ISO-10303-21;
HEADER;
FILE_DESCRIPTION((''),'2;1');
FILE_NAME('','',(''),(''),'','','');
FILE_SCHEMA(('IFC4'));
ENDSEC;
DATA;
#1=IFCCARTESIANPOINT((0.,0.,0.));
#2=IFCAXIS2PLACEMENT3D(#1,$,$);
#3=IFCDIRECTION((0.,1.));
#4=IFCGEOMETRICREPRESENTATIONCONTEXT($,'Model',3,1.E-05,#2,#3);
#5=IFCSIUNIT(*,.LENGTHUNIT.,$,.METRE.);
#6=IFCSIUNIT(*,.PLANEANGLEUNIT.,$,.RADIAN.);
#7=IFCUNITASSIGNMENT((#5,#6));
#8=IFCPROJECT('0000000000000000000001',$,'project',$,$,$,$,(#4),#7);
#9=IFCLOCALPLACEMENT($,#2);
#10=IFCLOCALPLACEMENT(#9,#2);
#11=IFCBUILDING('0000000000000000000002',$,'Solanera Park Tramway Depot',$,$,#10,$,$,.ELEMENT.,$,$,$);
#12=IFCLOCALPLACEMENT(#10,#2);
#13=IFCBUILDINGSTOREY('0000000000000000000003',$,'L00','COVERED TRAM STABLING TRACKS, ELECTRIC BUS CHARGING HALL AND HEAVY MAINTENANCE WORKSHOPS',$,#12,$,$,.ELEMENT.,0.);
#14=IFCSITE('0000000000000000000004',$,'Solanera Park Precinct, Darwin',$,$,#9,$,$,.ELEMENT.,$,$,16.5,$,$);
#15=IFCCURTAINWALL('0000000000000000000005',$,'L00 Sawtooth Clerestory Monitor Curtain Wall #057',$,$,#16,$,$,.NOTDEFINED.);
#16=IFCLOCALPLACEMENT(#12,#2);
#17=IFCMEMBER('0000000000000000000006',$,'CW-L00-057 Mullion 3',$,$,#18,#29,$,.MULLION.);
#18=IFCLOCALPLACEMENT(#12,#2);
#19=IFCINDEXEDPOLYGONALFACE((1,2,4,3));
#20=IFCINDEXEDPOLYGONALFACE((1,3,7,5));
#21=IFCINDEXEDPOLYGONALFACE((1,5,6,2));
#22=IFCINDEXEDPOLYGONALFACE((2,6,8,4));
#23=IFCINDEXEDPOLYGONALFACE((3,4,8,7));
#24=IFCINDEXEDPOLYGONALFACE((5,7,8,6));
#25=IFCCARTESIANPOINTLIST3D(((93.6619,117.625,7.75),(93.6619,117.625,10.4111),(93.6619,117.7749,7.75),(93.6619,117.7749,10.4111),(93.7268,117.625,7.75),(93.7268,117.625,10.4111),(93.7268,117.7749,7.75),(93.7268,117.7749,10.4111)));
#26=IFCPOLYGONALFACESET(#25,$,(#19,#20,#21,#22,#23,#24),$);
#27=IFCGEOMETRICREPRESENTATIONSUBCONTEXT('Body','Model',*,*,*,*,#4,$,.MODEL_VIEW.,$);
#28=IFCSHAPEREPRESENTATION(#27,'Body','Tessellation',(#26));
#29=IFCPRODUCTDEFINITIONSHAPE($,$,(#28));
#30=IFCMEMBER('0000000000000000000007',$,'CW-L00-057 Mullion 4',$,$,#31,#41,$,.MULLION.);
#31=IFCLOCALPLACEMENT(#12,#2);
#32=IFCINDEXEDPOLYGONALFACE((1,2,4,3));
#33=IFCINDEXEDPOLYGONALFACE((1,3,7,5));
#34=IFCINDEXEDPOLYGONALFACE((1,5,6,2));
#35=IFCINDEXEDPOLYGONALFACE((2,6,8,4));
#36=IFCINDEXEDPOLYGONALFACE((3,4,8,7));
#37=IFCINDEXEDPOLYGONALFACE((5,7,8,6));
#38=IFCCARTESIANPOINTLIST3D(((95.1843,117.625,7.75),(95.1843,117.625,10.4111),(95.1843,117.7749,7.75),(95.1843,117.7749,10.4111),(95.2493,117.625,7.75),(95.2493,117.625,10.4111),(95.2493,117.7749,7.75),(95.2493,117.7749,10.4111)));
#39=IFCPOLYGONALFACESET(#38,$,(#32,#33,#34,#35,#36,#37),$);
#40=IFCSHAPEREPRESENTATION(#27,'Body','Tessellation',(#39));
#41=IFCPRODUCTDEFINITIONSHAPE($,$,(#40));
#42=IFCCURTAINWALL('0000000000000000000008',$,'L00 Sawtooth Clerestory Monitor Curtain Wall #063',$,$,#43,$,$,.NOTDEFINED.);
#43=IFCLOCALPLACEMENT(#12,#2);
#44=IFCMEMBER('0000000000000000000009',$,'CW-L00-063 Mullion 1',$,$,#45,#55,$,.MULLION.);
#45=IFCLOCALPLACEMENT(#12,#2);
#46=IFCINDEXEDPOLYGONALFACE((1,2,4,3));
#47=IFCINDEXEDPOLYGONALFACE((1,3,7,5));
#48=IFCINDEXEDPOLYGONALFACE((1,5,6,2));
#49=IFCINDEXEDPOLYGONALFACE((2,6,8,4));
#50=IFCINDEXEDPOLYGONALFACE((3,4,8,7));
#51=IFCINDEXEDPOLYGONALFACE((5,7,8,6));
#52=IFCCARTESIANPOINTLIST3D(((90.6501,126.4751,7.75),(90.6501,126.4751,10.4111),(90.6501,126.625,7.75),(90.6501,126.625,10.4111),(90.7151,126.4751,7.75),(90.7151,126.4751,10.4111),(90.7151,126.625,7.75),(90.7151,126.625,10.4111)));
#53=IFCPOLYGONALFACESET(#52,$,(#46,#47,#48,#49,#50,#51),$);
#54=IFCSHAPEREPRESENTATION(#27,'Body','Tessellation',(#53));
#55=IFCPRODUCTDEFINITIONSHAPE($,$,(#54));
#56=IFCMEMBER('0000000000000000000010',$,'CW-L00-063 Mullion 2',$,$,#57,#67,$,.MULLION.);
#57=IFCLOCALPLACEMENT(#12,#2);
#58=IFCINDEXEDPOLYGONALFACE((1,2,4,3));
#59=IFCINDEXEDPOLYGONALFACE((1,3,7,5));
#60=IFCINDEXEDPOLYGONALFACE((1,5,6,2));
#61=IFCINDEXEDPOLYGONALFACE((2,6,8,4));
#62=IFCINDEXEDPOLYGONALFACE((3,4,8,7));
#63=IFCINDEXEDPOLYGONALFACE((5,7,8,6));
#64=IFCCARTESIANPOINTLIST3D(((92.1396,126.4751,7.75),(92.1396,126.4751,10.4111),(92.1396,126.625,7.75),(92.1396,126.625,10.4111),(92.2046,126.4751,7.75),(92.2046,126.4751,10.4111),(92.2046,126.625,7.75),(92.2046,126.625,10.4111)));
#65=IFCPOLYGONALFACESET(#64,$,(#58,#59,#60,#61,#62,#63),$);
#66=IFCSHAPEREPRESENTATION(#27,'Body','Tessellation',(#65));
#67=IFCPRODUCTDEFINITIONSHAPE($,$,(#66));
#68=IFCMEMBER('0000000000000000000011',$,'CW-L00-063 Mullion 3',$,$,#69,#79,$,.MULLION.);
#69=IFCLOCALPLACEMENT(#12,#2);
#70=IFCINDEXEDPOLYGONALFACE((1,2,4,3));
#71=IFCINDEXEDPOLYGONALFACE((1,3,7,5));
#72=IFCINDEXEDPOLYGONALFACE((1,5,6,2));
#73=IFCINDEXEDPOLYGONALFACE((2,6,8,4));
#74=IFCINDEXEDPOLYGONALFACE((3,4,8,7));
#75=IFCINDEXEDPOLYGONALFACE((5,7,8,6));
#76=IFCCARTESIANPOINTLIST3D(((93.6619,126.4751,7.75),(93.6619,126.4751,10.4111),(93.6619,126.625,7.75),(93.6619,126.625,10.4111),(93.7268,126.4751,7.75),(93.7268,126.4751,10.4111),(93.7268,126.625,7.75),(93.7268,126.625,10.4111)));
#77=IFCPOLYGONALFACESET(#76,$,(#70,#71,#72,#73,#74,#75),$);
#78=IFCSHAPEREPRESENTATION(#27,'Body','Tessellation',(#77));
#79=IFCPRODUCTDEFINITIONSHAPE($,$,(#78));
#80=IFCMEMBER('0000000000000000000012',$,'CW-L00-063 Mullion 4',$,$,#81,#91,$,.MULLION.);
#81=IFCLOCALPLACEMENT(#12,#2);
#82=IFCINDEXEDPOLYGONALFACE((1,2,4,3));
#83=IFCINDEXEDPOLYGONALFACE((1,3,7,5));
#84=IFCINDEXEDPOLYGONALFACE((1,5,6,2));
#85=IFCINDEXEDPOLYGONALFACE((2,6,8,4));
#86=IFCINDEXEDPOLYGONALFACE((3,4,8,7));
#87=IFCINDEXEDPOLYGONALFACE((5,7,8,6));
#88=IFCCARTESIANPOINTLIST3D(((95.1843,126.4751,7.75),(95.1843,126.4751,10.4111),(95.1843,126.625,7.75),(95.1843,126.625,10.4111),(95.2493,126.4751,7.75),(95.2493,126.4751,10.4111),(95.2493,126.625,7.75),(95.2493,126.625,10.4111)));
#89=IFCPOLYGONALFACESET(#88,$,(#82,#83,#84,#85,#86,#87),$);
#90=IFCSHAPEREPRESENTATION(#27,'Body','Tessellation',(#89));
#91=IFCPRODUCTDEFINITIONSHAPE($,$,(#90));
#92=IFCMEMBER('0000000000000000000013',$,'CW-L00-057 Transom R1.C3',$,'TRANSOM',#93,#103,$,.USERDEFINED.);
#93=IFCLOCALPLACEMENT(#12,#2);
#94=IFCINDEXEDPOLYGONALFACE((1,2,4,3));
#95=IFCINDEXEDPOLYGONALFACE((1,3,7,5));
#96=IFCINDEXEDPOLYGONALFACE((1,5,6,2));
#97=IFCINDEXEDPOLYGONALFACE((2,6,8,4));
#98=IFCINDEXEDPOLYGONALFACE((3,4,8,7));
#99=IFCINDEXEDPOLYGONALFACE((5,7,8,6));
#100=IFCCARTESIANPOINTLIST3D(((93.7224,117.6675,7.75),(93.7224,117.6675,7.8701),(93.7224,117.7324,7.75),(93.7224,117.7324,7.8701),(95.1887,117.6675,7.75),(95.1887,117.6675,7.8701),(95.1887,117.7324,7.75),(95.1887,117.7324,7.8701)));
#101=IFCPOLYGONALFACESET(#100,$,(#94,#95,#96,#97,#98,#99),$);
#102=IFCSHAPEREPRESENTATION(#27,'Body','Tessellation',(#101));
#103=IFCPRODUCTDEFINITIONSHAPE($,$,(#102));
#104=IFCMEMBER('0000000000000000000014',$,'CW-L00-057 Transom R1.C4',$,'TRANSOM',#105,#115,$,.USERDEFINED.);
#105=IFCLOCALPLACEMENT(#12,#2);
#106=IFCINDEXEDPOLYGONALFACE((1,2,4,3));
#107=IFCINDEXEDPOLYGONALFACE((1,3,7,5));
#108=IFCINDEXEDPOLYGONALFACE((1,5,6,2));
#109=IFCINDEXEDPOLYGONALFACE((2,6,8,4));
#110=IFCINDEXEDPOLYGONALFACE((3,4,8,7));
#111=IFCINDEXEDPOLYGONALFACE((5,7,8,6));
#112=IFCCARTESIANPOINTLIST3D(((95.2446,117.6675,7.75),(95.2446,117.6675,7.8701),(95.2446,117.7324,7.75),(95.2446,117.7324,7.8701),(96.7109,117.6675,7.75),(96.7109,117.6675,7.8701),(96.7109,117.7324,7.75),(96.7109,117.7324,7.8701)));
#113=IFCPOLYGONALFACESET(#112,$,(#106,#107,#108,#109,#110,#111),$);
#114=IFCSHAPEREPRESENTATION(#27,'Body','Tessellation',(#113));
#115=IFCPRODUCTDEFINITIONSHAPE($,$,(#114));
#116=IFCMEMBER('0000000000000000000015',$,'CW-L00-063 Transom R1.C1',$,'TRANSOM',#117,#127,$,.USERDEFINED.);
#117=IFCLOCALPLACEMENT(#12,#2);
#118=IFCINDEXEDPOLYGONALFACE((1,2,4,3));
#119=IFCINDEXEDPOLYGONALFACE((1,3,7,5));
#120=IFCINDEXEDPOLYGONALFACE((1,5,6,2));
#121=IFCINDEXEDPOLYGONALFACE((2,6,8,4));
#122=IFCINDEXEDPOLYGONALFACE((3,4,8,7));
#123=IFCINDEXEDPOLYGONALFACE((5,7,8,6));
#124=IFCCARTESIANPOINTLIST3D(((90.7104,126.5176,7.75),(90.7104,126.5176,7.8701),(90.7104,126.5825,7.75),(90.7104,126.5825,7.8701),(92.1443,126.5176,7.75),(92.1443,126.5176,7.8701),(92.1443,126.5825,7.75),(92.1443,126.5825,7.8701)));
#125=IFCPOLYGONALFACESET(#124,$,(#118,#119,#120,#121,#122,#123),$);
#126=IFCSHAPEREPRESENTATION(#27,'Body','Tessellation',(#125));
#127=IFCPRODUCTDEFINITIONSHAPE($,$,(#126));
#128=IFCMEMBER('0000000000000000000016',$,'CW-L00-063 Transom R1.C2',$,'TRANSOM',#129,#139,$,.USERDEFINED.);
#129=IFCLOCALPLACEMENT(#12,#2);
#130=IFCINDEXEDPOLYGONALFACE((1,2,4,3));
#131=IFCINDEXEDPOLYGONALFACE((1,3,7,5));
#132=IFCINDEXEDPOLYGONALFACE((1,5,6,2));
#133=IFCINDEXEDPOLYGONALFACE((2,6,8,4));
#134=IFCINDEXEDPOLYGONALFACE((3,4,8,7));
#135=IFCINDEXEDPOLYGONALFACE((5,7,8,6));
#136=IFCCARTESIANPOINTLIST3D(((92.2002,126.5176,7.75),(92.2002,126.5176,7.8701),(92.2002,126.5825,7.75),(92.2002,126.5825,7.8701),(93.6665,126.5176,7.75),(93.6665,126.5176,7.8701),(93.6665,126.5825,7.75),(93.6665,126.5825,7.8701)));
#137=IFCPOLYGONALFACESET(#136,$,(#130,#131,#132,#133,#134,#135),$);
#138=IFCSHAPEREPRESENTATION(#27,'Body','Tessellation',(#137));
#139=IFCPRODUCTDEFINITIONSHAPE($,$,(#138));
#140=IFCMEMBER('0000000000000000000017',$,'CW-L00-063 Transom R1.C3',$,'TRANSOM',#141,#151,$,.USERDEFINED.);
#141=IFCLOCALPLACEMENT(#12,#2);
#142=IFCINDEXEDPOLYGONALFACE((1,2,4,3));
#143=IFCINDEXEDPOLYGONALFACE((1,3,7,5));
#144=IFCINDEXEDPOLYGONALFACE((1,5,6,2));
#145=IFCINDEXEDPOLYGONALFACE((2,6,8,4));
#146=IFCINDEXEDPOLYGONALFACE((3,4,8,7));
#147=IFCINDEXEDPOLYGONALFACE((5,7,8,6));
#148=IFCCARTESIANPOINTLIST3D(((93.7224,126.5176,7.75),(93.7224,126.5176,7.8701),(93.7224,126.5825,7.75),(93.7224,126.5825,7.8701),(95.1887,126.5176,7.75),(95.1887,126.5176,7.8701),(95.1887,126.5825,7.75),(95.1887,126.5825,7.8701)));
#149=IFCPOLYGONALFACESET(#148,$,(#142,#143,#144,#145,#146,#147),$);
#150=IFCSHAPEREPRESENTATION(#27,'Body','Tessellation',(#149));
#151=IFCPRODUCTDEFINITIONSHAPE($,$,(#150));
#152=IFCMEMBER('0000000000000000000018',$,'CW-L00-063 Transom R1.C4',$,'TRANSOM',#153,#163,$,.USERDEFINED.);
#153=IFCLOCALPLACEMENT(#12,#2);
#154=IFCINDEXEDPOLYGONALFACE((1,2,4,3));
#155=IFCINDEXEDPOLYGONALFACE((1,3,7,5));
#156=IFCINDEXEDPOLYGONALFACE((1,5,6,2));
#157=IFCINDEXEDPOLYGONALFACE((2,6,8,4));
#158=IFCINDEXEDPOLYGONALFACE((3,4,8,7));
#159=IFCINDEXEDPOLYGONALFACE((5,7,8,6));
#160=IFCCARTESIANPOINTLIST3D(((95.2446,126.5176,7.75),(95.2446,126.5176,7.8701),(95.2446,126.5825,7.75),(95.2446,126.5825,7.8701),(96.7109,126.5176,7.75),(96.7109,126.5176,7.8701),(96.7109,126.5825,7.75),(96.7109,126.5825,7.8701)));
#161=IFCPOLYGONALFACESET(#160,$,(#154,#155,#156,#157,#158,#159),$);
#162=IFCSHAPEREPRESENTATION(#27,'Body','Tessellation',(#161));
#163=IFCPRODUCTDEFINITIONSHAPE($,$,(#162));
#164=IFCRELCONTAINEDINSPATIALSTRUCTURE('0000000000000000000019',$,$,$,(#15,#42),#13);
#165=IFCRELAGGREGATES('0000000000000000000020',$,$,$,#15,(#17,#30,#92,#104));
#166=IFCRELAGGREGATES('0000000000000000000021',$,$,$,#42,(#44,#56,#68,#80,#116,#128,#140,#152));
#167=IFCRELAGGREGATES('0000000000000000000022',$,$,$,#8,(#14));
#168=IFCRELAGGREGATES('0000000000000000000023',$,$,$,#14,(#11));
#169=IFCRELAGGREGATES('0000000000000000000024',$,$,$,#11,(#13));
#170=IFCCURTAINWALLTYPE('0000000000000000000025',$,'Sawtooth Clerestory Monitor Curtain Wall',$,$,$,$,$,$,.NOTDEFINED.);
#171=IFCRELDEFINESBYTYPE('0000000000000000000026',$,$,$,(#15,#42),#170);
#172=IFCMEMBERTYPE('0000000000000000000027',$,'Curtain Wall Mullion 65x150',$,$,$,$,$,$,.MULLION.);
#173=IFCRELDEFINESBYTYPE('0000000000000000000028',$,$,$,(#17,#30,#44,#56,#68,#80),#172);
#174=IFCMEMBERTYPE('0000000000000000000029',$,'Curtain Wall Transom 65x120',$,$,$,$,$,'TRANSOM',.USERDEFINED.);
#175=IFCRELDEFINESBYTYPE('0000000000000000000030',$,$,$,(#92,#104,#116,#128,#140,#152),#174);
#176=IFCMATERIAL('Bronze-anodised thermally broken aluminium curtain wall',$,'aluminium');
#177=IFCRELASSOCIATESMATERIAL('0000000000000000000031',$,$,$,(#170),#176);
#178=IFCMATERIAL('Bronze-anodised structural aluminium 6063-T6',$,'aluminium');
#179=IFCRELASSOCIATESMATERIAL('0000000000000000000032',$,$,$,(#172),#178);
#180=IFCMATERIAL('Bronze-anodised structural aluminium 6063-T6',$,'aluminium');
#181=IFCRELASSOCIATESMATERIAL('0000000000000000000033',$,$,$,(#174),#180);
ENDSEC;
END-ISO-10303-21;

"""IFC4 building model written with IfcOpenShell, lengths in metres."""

from ifc_helpers import new_model, si_unit, direction, frame, origin, origin_2d, place, context, subcontext, project, spatial, rectangle, extrude, material, material_profile, profile_set, type_object, element, aggregate, save


model = new_model("IFC4")

# Units and contexts
model_context = context("Model", 3, precision=1e-05, world=origin(), true_north=direction((0.0, 1.0)))
body_context = subcontext(model_context, "Body", "Model", "MODEL_VIEW")
ifc_project = project(units=[si_unit("LENGTHUNIT", "METRE"), si_unit("PLANEANGLEUNIT", "RADIAN")], contexts=[model_context])

# Site, building, storey
site_placement = place(None, origin())
site = spatial("IfcSite", under=ifc_project, at=site_placement, Name="Solanera Park Precinct, Darwin", CompositionType="ELEMENT", RefElevation=16.5)
building_placement = place(site_placement, origin())
building = spatial("IfcBuilding", under=site, at=building_placement, Name="Solanera Park Tramway Depot", CompositionType="ELEMENT")
storey_placement = place(building_placement, origin())
storey = spatial("IfcBuildingStorey", under=building, at=storey_placement, Name="L00", Description="COVERED TRAM STABLING TRACKS, ELECTRIC BUS CHARGING HALL AND HEAVY MAINTENANCE WORKSHOPS", CompositionType="ELEMENT", Elevation=0.0)

# Curtain walls, members
ifc_material_1 = material(Name="Bronze-anodised thermally broken aluminium curtain wall", Category="aluminium")
curtain_wall_type = type_object("IfcCurtainWallType", Name="Sawtooth Clerestory Monitor Curtain Wall", PredefinedType="NOTDEFINED", material=ifc_material_1)
curtain_wall_1_placement = place(storey_placement, origin())
curtain_wall_1 = element("IfcCurtainWall", 1, at=curtain_wall_1_placement, inside=storey, type_object=curtain_wall_type, Name="L00 Sawtooth Clerestory Monitor Curtain Wall #057", PredefinedType="NOTDEFINED")
ifc_material_2 = material(Name="Bronze-anodised structural aluminium 6063-T6", Category="aluminium")
ifc_material_profile_1 = material_profile(ifc_material_2, rectangle(XDim=0.0649, YDim=0.1499, at=origin_2d()), Name="Curtain Wall Mullion 65x150")
ifc_profile_set_1 = profile_set([ifc_material_profile_1], Name="Bronze-anodised structural aluminium 6063-T6")
member_type_1 = type_object("IfcMemberType", Name="Curtain Wall Mullion 65x150", PredefinedType="MULLION", material=ifc_profile_set_1)
member_1_placement = place(storey_placement, frame((93.6943, 117.7, 7.75), z_axis=(0.0, 0.0, 1.0), x_axis=(1.0, 0.0, 0.0)))
member_1 = element("IfcMember", 2, at=member_1_placement, type_object=member_type_1, Name="CW-L00-057 Mullion 3", PredefinedType="MULLION", context=body_context, shape_type="SweptSolid", body=[
    extrude(rectangle(XDim=0.0649, YDim=0.1499, at=origin_2d()), origin(), (0.0, 0.0, 1.0), 2.6611),
])
member_2_placement = place(storey_placement, frame((95.2168, 117.7, 7.75), z_axis=(0.0, 0.0, 1.0), x_axis=(1.0, 0.0, 0.0)))
member_2 = element("IfcMember", 3, at=member_2_placement, type_object=member_type_1, Name="CW-L00-057 Mullion 4", PredefinedType="MULLION", context=body_context, shape_type="SweptSolid", body=[
    extrude(rectangle(XDim=0.0649, YDim=0.1499, at=origin_2d()), origin(), (0.0, 0.0, 1.0), 2.6611),
])
curtain_wall_2_placement = place(storey_placement, origin())
curtain_wall_2 = element("IfcCurtainWall", 4, at=curtain_wall_2_placement, inside=storey, type_object=curtain_wall_type, Name="L00 Sawtooth Clerestory Monitor Curtain Wall #063", PredefinedType="NOTDEFINED")
member_3_placement = place(storey_placement, frame((90.6826, 126.55, 7.75), z_axis=(0.0, 0.0, 1.0), x_axis=(1.0, 0.0, 0.0)))
member_3 = element("IfcMember", 5, at=member_3_placement, type_object=member_type_1, Name="CW-L00-063 Mullion 1", PredefinedType="MULLION", context=body_context, shape_type="SweptSolid", body=[
    extrude(rectangle(XDim=0.0649, YDim=0.1499, at=origin_2d()), origin(), (0.0, 0.0, 1.0), 2.6611),
])
member_4_placement = place(storey_placement, frame((92.1721, 126.55, 7.75), z_axis=(0.0, 0.0, 1.0), x_axis=(1.0, 0.0, 0.0)))
member_4 = element("IfcMember", 6, at=member_4_placement, type_object=member_type_1, Name="CW-L00-063 Mullion 2", PredefinedType="MULLION", context=body_context, shape_type="SweptSolid", body=[
    extrude(rectangle(XDim=0.0649, YDim=0.1499, at=origin_2d()), origin(), (0.0, 0.0, 1.0), 2.6611),
])
member_5_placement = place(storey_placement, frame((93.6943, 126.55, 7.75), z_axis=(0.0, 0.0, 1.0), x_axis=(1.0, 0.0, 0.0)))
member_5 = element("IfcMember", 7, at=member_5_placement, type_object=member_type_1, Name="CW-L00-063 Mullion 3", PredefinedType="MULLION", context=body_context, shape_type="SweptSolid", body=[
    extrude(rectangle(XDim=0.0649, YDim=0.1499, at=origin_2d()), origin(), (0.0, 0.0, 1.0), 2.6611),
])
member_6_placement = place(storey_placement, frame((95.2168, 126.55, 7.75), z_axis=(0.0, 0.0, 1.0), x_axis=(1.0, 0.0, 0.0)))
member_6 = element("IfcMember", 8, at=member_6_placement, type_object=member_type_1, Name="CW-L00-063 Mullion 4", PredefinedType="MULLION", context=body_context, shape_type="SweptSolid", body=[
    extrude(rectangle(XDim=0.0649, YDim=0.1499, at=origin_2d()), origin(), (0.0, 0.0, 1.0), 2.6611),
])

# Members
ifc_material_3 = material(Name="Bronze-anodised structural aluminium 6063-T6", Category="aluminium")
ifc_material_profile_2 = material_profile(ifc_material_3, rectangle(XDim=0.0649, YDim=0.1201, at=origin_2d()), Name="Curtain Wall Transom 65x120")
ifc_profile_set_2 = profile_set([ifc_material_profile_2], Name="Bronze-anodised structural aluminium 6063-T6")
member_type_2 = type_object("IfcMemberType", Name="Curtain Wall Transom 65x120", ElementType="TRANSOM", PredefinedType="USERDEFINED", material=ifc_profile_set_2)
member_7_placement = place(storey_placement, frame((93.7224, 117.7, 7.8101), z_axis=(1.0, 0.0, 0.0), x_axis=(0.0, 1.0, 0.0)))
member_7 = element("IfcMember", 9, at=member_7_placement, type_object=member_type_2, Name="CW-L00-057 Transom R1.C3", ObjectType="TRANSOM", PredefinedType="USERDEFINED", context=body_context, shape_type="SweptSolid", body=[
    extrude(rectangle(XDim=0.0649, YDim=0.1201, at=origin_2d()), origin(), (0.0, 0.0, 1.0), 1.4663),
])
member_8_placement = place(storey_placement, frame((95.2446, 117.7, 7.8101), z_axis=(1.0, 0.0, 0.0), x_axis=(0.0, 1.0, 0.0)))
member_8 = element("IfcMember", 10, at=member_8_placement, type_object=member_type_2, Name="CW-L00-057 Transom R1.C4", ObjectType="TRANSOM", PredefinedType="USERDEFINED", context=body_context, shape_type="SweptSolid", body=[
    extrude(rectangle(XDim=0.0649, YDim=0.1201, at=origin_2d()), origin(), (0.0, 0.0, 1.0), 1.4663),
])
member_9_placement = place(storey_placement, frame((90.7104, 126.55, 7.8101), z_axis=(1.0, 0.0, 0.0), x_axis=(0.0, 1.0, 0.0)))
member_9 = element("IfcMember", 11, at=member_9_placement, type_object=member_type_2, Name="CW-L00-063 Transom R1.C1", ObjectType="TRANSOM", PredefinedType="USERDEFINED", context=body_context, shape_type="SweptSolid", body=[
    extrude(rectangle(XDim=0.0649, YDim=0.1201, at=origin_2d()), origin(), (0.0, 0.0, 1.0), 1.4338),
])
member_10_placement = place(storey_placement, frame((92.2002, 126.55, 7.8101), z_axis=(1.0, 0.0, 0.0), x_axis=(0.0, 1.0, 0.0)))
member_10 = element("IfcMember", 12, at=member_10_placement, type_object=member_type_2, Name="CW-L00-063 Transom R1.C2", ObjectType="TRANSOM", PredefinedType="USERDEFINED", context=body_context, shape_type="SweptSolid", body=[
    extrude(rectangle(XDim=0.0649, YDim=0.1201, at=origin_2d()), origin(), (0.0, 0.0, 1.0), 1.4663),
])
member_11_placement = place(storey_placement, frame((93.7224, 126.55, 7.8101), z_axis=(1.0, 0.0, 0.0), x_axis=(0.0, 1.0, 0.0)))
member_11 = element("IfcMember", 13, at=member_11_placement, type_object=member_type_2, Name="CW-L00-063 Transom R1.C3", ObjectType="TRANSOM", PredefinedType="USERDEFINED", context=body_context, shape_type="SweptSolid", body=[
    extrude(rectangle(XDim=0.0649, YDim=0.1201, at=origin_2d()), origin(), (0.0, 0.0, 1.0), 1.4663),
])
member_12_placement = place(storey_placement, frame((95.2446, 126.55, 7.8101), z_axis=(1.0, 0.0, 0.0), x_axis=(0.0, 1.0, 0.0)))
member_12 = element("IfcMember", 14, at=member_12_placement, type_object=member_type_2, Name="CW-L00-063 Transom R1.C4", ObjectType="TRANSOM", PredefinedType="USERDEFINED", context=body_context, shape_type="SweptSolid", body=[
    extrude(rectangle(XDim=0.0649, YDim=0.1201, at=origin_2d()), origin(), (0.0, 0.0, 1.0), 1.4663),
])

aggregate(curtain_wall_1, [member_1, member_2, member_7, member_8])
aggregate(curtain_wall_2, [member_3, member_4, member_5, member_6, member_9, member_10, member_11, member_12])

save(model, "model.ifc")
